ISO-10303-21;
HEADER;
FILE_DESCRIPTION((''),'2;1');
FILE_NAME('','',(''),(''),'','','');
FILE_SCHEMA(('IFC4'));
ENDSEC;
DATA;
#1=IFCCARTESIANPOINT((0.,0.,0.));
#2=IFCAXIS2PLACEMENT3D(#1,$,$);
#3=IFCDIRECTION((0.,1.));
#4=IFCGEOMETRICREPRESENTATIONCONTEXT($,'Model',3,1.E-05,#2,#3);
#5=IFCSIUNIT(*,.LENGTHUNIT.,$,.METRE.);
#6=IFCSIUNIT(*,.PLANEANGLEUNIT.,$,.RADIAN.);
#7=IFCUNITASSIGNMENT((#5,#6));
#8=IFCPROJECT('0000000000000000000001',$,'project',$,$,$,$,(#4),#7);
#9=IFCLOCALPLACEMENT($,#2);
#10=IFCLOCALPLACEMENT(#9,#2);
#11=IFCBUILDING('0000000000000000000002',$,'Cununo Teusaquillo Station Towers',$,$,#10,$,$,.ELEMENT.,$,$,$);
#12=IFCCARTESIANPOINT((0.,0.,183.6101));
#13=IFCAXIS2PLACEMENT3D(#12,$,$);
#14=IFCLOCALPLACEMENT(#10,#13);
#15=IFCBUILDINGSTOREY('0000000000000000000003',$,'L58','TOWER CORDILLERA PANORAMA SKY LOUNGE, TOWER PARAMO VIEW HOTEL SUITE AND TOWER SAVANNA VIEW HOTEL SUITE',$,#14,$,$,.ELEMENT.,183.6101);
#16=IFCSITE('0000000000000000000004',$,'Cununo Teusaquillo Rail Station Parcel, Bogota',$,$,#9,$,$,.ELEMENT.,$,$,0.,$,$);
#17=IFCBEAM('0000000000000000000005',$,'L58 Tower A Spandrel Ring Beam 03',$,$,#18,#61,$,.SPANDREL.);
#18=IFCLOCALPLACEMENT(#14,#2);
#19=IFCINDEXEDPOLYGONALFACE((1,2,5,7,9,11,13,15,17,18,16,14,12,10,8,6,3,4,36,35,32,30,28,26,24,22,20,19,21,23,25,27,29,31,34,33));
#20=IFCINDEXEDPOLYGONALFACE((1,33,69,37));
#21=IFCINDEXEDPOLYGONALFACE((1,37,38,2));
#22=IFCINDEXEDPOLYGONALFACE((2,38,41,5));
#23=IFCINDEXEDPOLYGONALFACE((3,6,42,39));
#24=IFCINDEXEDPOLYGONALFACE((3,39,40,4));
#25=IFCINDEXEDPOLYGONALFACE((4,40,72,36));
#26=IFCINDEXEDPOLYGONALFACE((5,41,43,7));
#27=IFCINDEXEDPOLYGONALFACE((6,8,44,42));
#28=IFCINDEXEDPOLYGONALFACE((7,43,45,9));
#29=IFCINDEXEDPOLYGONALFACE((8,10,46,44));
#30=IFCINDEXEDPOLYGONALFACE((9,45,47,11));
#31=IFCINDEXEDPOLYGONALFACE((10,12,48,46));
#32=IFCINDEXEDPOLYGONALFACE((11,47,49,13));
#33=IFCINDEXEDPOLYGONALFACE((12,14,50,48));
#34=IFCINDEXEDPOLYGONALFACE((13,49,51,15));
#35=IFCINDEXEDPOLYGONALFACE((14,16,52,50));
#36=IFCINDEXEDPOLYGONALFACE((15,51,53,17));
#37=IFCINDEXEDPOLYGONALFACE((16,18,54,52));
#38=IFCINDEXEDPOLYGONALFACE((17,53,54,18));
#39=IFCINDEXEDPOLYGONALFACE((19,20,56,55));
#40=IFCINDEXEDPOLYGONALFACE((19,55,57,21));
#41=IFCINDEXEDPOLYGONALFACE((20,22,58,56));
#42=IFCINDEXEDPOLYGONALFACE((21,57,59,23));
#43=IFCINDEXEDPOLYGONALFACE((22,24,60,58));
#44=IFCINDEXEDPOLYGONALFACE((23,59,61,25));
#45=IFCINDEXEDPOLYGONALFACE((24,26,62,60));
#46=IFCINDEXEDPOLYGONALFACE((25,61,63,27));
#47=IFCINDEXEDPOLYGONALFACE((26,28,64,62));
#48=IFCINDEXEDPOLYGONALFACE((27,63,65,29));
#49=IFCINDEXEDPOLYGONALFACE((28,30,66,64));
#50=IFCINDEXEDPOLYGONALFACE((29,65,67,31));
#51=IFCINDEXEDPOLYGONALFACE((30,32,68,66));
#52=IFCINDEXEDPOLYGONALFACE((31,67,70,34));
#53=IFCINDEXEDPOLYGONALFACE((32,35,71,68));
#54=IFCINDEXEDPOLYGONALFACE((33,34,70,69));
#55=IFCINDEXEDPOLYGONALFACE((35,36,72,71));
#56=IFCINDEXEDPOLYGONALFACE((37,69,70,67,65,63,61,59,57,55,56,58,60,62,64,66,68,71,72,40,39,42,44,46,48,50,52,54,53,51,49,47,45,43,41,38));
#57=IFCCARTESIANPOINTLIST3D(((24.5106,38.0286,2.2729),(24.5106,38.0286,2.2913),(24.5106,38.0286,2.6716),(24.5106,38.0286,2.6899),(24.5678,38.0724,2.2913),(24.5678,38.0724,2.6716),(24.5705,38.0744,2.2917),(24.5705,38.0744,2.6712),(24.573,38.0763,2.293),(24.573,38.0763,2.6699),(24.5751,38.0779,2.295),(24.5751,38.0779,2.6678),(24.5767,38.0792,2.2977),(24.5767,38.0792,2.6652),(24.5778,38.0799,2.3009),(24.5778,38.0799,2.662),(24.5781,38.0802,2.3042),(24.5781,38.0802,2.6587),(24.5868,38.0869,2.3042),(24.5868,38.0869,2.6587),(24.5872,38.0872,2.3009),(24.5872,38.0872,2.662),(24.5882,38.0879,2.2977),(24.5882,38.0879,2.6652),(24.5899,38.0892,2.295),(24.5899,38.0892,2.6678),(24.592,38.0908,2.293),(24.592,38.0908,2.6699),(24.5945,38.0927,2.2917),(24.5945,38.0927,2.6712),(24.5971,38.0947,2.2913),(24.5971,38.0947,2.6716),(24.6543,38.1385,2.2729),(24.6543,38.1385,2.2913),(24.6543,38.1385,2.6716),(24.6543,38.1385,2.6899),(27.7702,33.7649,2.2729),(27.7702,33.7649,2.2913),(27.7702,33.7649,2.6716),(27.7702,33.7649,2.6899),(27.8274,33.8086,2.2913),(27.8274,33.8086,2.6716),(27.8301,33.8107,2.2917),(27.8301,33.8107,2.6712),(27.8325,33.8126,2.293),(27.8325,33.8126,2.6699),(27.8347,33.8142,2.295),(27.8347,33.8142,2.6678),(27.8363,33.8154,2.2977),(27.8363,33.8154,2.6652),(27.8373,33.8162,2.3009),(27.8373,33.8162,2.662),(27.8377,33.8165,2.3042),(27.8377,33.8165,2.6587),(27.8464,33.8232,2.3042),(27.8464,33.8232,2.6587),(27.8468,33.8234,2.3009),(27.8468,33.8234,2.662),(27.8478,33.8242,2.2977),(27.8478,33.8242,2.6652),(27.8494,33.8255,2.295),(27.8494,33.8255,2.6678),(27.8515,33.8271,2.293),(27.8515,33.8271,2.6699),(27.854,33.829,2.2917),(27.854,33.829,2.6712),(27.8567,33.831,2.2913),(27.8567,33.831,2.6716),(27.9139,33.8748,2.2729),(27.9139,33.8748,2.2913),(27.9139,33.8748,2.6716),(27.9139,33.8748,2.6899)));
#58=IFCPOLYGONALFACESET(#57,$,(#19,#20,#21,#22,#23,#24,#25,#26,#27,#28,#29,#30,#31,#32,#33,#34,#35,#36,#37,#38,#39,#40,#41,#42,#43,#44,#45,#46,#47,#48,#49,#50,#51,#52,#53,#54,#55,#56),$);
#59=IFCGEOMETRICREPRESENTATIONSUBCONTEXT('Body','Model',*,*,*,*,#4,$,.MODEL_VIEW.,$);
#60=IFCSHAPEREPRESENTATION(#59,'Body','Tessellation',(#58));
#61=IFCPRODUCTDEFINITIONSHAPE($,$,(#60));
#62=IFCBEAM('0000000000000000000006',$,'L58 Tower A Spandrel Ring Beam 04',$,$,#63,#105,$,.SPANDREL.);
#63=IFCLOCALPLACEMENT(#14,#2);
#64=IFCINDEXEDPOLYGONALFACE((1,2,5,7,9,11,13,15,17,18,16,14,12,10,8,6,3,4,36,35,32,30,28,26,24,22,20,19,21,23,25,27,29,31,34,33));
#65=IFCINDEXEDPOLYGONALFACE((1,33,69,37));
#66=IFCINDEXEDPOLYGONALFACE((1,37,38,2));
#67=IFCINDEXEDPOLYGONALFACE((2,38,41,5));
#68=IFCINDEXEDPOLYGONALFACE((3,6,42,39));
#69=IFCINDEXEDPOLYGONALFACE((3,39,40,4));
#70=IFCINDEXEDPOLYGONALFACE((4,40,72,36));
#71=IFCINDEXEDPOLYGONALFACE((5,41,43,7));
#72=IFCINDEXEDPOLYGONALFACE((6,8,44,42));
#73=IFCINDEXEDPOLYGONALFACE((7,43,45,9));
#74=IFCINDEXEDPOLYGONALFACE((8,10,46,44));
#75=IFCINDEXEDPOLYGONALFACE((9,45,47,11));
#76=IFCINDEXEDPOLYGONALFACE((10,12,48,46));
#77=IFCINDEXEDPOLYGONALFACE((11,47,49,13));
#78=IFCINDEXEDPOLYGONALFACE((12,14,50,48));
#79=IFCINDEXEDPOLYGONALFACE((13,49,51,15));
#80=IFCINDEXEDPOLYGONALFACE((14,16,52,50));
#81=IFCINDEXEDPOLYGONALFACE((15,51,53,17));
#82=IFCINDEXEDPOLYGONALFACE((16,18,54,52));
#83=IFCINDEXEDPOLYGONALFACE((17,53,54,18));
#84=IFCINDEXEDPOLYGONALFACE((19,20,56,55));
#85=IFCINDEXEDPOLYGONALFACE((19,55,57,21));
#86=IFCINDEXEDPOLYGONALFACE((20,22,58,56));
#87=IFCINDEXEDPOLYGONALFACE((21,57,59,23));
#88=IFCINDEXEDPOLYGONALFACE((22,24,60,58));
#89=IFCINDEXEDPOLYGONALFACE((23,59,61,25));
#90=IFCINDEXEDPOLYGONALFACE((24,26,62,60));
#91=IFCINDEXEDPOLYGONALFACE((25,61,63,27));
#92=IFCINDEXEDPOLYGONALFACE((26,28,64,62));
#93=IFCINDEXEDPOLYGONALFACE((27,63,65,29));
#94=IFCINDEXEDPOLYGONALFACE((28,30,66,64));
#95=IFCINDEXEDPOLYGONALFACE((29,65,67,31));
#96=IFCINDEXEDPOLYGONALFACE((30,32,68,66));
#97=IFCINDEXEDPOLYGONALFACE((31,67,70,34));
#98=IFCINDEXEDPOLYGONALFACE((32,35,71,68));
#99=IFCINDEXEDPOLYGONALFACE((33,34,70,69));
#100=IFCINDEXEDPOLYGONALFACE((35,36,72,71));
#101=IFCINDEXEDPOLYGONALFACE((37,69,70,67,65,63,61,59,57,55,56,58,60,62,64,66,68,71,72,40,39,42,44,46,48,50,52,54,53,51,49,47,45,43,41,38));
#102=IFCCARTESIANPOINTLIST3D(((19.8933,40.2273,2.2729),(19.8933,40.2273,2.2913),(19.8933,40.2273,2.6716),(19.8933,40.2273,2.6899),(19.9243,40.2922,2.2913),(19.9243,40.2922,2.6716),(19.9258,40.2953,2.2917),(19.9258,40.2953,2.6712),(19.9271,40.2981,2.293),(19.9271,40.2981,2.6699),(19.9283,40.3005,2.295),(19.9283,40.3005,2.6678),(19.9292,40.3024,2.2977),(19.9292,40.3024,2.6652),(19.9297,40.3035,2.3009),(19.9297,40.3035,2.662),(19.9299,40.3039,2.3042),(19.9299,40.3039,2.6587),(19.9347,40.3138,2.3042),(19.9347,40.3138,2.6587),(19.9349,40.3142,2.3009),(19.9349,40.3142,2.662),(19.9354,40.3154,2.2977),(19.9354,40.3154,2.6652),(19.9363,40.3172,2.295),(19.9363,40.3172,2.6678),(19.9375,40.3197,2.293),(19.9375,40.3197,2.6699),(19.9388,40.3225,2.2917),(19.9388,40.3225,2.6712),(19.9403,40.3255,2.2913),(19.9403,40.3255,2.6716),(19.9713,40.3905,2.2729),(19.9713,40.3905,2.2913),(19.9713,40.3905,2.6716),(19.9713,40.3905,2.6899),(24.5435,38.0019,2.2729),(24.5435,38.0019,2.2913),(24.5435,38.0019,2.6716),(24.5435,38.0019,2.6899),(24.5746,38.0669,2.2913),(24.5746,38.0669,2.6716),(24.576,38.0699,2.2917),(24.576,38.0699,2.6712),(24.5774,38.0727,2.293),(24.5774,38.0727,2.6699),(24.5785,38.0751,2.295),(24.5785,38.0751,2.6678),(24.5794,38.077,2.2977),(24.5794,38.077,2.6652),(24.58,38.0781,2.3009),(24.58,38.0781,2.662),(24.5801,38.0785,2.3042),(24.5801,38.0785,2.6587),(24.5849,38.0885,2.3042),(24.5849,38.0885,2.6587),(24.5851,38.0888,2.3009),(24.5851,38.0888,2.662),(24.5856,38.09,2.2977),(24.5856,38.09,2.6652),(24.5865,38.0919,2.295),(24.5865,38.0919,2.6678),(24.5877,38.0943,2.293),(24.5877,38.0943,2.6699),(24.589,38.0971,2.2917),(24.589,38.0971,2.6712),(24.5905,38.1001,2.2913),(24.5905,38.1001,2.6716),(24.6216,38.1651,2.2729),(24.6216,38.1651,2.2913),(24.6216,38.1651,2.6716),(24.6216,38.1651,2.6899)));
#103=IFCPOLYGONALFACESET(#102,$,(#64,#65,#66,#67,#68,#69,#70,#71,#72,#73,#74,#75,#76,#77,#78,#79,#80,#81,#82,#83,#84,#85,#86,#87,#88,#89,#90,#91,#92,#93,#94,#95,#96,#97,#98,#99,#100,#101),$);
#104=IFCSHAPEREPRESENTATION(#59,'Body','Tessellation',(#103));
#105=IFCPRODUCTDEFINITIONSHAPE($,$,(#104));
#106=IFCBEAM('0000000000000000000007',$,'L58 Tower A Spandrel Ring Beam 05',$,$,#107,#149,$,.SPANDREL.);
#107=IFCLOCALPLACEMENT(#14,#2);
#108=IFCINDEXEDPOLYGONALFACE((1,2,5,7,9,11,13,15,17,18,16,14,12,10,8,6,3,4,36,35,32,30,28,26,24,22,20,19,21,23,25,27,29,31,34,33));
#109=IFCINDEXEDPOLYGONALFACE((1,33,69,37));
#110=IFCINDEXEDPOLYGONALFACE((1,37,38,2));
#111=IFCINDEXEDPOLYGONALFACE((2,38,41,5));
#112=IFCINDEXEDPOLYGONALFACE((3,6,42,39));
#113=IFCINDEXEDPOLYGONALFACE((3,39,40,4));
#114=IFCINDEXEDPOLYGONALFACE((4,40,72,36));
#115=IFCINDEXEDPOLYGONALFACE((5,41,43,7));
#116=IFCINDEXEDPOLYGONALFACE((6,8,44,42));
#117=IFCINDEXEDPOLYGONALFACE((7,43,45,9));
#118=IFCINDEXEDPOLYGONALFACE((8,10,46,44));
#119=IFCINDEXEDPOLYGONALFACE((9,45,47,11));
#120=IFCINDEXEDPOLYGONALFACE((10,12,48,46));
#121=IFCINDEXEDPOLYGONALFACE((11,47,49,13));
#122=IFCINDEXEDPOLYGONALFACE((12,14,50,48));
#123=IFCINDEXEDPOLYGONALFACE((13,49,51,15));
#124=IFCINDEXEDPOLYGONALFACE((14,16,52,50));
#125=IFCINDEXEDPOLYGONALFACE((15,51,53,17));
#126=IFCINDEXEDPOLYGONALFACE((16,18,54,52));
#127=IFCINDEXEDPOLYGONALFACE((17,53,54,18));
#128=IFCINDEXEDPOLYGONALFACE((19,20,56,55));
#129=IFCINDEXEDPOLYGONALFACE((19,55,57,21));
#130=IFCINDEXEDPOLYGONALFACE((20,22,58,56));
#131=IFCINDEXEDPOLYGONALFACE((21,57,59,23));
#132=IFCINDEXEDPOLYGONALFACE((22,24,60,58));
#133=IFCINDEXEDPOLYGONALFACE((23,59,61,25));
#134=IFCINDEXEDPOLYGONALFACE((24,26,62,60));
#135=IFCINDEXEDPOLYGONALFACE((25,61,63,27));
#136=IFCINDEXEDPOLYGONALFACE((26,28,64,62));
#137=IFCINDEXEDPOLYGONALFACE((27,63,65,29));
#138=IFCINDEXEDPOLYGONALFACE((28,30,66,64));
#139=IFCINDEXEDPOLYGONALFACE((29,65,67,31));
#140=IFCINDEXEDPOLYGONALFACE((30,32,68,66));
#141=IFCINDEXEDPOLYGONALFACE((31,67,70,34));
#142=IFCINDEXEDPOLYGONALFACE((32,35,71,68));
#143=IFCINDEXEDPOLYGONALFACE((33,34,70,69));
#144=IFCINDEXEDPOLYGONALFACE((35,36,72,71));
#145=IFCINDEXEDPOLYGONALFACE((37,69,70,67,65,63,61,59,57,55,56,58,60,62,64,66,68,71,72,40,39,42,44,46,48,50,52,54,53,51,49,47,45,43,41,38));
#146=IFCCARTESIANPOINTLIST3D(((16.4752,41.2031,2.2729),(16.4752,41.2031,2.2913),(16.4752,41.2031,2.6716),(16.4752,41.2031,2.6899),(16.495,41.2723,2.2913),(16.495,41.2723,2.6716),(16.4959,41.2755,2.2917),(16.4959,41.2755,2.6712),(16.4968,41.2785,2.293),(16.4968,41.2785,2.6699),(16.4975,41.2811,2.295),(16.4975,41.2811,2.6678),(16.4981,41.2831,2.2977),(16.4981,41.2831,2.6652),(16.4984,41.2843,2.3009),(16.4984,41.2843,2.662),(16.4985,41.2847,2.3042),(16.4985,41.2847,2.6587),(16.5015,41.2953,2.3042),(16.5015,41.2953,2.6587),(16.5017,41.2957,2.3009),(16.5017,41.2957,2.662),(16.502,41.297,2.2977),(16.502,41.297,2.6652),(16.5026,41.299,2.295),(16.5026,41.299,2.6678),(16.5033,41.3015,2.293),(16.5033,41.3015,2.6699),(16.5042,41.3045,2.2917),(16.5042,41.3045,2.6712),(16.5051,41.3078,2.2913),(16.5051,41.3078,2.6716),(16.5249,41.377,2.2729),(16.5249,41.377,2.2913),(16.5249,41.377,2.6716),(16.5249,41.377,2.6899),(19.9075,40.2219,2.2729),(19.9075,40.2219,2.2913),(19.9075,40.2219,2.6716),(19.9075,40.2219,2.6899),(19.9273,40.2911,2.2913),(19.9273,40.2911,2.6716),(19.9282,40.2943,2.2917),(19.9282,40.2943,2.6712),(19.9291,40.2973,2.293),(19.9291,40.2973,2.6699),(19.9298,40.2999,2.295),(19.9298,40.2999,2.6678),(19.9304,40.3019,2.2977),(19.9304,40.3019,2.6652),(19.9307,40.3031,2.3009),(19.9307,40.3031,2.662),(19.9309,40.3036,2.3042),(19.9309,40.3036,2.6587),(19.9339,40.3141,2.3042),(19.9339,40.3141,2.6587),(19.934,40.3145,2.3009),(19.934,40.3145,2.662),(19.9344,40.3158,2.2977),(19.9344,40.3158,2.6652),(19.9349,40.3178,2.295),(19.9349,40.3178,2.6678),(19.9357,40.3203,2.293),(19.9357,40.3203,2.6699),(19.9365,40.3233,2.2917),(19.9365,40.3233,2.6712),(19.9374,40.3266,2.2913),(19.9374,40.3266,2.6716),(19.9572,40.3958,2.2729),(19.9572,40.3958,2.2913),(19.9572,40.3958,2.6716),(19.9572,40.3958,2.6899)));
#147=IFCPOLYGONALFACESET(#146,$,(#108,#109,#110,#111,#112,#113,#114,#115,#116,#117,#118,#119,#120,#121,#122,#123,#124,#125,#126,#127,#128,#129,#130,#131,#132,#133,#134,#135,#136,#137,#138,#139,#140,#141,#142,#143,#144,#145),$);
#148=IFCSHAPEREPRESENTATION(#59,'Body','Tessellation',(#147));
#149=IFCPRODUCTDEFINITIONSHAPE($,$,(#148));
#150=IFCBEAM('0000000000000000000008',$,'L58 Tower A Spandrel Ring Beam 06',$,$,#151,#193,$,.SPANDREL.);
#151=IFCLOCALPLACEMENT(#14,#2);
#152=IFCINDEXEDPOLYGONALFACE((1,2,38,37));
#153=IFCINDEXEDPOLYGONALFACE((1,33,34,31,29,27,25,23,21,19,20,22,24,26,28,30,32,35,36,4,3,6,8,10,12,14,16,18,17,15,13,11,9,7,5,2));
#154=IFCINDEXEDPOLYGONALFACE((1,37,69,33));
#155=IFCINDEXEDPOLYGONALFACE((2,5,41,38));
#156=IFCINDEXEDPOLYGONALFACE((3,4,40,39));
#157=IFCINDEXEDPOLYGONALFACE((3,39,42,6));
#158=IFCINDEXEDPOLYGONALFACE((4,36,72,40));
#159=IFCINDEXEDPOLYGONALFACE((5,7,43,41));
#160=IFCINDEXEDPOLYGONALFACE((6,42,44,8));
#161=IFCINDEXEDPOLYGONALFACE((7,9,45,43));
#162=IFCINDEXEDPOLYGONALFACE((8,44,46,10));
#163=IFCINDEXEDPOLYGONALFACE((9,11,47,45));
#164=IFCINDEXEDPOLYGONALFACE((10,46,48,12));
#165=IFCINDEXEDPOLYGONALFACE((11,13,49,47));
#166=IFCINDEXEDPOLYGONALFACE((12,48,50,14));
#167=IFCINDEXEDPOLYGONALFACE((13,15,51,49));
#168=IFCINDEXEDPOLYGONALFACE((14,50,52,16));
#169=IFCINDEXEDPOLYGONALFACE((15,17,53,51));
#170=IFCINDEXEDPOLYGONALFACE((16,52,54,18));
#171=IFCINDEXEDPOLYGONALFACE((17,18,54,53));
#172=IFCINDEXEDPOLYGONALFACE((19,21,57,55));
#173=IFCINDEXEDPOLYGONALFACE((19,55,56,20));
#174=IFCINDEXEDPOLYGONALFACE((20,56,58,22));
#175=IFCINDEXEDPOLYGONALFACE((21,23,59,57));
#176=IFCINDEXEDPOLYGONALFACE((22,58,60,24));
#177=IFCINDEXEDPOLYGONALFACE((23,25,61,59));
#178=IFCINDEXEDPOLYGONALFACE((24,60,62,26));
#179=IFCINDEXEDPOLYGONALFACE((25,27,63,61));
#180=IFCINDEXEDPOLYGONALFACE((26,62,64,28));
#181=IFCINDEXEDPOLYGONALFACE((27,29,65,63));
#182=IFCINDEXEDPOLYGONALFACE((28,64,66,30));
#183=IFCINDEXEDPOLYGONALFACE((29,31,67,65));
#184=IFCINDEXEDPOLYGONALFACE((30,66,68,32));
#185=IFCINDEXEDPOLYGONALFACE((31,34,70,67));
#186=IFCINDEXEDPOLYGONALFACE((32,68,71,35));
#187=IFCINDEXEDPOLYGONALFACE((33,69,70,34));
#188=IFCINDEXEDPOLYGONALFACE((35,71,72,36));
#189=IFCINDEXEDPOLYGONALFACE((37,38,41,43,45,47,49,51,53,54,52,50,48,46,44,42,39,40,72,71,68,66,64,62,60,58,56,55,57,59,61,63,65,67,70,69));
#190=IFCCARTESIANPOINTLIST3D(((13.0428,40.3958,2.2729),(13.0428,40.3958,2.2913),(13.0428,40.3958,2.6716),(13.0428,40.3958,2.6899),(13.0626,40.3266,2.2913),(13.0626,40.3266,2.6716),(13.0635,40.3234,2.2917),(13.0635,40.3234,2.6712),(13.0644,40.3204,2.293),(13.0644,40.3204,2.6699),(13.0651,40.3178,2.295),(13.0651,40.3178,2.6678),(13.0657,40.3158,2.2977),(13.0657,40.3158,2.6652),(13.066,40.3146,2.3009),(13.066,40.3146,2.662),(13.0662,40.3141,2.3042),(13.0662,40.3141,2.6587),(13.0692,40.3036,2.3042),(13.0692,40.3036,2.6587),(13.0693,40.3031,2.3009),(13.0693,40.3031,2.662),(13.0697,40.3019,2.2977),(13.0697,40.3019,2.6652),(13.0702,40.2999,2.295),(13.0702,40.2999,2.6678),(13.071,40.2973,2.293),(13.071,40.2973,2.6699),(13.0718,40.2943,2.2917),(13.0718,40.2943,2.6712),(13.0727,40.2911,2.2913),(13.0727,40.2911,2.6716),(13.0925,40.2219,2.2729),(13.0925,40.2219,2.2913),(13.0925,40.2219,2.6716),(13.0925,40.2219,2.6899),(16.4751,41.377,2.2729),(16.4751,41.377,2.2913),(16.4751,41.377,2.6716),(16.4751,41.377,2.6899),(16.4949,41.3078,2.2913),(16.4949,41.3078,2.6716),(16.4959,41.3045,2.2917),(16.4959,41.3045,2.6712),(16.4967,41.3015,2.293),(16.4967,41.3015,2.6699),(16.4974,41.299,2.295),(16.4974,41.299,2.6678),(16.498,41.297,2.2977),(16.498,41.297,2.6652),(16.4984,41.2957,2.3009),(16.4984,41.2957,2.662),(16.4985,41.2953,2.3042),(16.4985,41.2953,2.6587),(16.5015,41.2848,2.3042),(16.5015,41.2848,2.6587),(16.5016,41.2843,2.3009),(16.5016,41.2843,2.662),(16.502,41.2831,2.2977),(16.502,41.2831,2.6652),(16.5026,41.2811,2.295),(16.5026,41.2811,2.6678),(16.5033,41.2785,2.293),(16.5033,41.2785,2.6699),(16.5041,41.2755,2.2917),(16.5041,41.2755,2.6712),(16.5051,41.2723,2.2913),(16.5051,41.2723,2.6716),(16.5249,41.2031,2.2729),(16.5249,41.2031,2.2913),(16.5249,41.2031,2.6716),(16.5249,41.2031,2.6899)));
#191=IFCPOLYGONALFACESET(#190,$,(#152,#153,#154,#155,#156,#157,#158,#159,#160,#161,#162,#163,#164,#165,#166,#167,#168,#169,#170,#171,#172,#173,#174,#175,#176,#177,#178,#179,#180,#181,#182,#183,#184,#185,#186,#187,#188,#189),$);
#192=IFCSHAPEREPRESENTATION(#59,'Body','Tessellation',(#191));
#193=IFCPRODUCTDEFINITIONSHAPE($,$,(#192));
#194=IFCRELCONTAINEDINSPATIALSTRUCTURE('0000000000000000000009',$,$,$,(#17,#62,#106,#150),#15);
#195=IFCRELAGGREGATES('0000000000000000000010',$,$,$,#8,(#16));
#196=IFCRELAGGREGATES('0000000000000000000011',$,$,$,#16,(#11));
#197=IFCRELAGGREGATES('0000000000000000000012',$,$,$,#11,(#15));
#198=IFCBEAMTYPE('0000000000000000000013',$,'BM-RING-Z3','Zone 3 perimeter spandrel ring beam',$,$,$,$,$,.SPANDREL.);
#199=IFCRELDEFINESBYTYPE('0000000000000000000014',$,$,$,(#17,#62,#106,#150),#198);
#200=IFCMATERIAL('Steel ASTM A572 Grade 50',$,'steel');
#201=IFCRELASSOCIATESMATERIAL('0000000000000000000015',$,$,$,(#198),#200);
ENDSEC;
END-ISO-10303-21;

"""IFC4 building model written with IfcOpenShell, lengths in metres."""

from ifc_helpers import new_model, si_unit, direction, frame, origin, origin_2d, place, context, subcontext, project, spatial, i_section, extrude, material, material_profile, profile_set, type_object, element, save


model = new_model("IFC4")

# Units and contexts
model_context = context("Model", 3, precision=1e-05, world=origin(), true_north=direction((0.0, 1.0)))
body_context = subcontext(model_context, "Body", "Model", "MODEL_VIEW")
ifc_project = project(units=[si_unit("LENGTHUNIT", "METRE"), si_unit("PLANEANGLEUNIT", "RADIAN")], contexts=[model_context])

# Site, building, storey
site_placement = place(None, origin())
site = spatial("IfcSite", under=ifc_project, at=site_placement, Name="Cununo Teusaquillo Rail Station Parcel, Bogota", CompositionType="ELEMENT", RefElevation=0.0)
building_placement = place(site_placement, origin())
building = spatial("IfcBuilding", under=site, at=building_placement, Name="Cununo Teusaquillo Station Towers", CompositionType="ELEMENT")
storey_placement = place(building_placement, frame((0.0, 0.0, 183.6101)))
storey = spatial("IfcBuildingStorey", under=building, at=storey_placement, Name="L58", Description="TOWER CORDILLERA PANORAMA SKY LOUNGE, TOWER PARAMO VIEW HOTEL SUITE AND TOWER SAVANNA VIEW HOTEL SUITE", CompositionType="ELEMENT", Elevation=183.6101)

# Beams
ifc_material_1 = material(Name="Steel ASTM A572 Grade 50", Category="steel")
ifc_material_profile_1 = material_profile(ifc_material_1, i_section(OverallWidth=0.1809, OverallDepth=0.417, WebThickness=0.011, FlangeThickness=0.0183, FilletRadius=0.0129, at=origin_2d()), Name="W16X57")
ifc_profile_set_1 = profile_set([ifc_material_profile_1], Name="Steel ASTM A572 Grade 50")
beam_type_1 = type_object("IfcBeamType", Name="BM-RING-Z3", Description="Zone 3 perimeter spandrel ring beam", PredefinedType="SPANDREL", material=ifc_profile_set_1)
beam_1_placement = place(storey_placement, frame((27.842, 33.8198, 2.4814), z_axis=(-0.60734, 0.794442, 0.0), x_axis=(-0.794442, -0.60734, 0.0)))
element("IfcBeam", 1, at=beam_1_placement, inside=storey, type_object=beam_type_1, Name="L58 Tower A Spandrel Ring Beam 03", PredefinedType="SPANDREL", context=body_context, shape_type="SweptSolid", body=[
    extrude(i_section(OverallWidth=0.1809, OverallDepth=0.417, WebThickness=0.011, FlangeThickness=0.0183, FilletRadius=0.0129, at=origin_2d()), origin(), (0.0, 0.0, 1.0), 5.3669),
])
beam_2_placement = place(storey_placement, frame((24.5825, 38.0835, 2.4814), z_axis=(-0.902032, 0.43167, 0.0), x_axis=(-0.43167, -0.902032, 0.0)))
element("IfcBeam", 2, at=beam_2_placement, inside=storey, type_object=beam_type_1, Name="L58 Tower A Spandrel Ring Beam 04", PredefinedType="SPANDREL", context=body_context, shape_type="SweptSolid", body=[
    extrude(i_section(OverallWidth=0.1809, OverallDepth=0.417, WebThickness=0.011, FlangeThickness=0.0183, FilletRadius=0.0129, at=origin_2d()), origin(), (0.0, 0.0, 1.0), 5.1553),
])
for number, where, z_axis, x_axis, name in (
    (3, (19.9324, 40.3088, 2.4814), (-0.961485, 0.274857, 0.0), (-0.274857, -0.961485, 0.0), "L58 Tower A Spandrel Ring Beam 05"),
    (4, (16.5, 41.29, 2.4814), (-0.961485, -0.274857, 0.0), (0.274857, -0.961485, 0.0), "L58 Tower A Spandrel Ring Beam 06"),
):
    element("IfcBeam", number, at=place(storey_placement, frame(where, z_axis=z_axis, x_axis=x_axis)), inside=storey, type_object=beam_type_1, Name=name, PredefinedType="SPANDREL", context=body_context, shape_type="SweptSolid", body=[
        extrude(i_section(OverallWidth=0.1809, OverallDepth=0.417, WebThickness=0.011, FlangeThickness=0.0183, FilletRadius=0.0129, at=origin_2d()), origin(), (0.0, 0.0, 1.0), 3.5698),
    ])

save(model, "model.ifc")
